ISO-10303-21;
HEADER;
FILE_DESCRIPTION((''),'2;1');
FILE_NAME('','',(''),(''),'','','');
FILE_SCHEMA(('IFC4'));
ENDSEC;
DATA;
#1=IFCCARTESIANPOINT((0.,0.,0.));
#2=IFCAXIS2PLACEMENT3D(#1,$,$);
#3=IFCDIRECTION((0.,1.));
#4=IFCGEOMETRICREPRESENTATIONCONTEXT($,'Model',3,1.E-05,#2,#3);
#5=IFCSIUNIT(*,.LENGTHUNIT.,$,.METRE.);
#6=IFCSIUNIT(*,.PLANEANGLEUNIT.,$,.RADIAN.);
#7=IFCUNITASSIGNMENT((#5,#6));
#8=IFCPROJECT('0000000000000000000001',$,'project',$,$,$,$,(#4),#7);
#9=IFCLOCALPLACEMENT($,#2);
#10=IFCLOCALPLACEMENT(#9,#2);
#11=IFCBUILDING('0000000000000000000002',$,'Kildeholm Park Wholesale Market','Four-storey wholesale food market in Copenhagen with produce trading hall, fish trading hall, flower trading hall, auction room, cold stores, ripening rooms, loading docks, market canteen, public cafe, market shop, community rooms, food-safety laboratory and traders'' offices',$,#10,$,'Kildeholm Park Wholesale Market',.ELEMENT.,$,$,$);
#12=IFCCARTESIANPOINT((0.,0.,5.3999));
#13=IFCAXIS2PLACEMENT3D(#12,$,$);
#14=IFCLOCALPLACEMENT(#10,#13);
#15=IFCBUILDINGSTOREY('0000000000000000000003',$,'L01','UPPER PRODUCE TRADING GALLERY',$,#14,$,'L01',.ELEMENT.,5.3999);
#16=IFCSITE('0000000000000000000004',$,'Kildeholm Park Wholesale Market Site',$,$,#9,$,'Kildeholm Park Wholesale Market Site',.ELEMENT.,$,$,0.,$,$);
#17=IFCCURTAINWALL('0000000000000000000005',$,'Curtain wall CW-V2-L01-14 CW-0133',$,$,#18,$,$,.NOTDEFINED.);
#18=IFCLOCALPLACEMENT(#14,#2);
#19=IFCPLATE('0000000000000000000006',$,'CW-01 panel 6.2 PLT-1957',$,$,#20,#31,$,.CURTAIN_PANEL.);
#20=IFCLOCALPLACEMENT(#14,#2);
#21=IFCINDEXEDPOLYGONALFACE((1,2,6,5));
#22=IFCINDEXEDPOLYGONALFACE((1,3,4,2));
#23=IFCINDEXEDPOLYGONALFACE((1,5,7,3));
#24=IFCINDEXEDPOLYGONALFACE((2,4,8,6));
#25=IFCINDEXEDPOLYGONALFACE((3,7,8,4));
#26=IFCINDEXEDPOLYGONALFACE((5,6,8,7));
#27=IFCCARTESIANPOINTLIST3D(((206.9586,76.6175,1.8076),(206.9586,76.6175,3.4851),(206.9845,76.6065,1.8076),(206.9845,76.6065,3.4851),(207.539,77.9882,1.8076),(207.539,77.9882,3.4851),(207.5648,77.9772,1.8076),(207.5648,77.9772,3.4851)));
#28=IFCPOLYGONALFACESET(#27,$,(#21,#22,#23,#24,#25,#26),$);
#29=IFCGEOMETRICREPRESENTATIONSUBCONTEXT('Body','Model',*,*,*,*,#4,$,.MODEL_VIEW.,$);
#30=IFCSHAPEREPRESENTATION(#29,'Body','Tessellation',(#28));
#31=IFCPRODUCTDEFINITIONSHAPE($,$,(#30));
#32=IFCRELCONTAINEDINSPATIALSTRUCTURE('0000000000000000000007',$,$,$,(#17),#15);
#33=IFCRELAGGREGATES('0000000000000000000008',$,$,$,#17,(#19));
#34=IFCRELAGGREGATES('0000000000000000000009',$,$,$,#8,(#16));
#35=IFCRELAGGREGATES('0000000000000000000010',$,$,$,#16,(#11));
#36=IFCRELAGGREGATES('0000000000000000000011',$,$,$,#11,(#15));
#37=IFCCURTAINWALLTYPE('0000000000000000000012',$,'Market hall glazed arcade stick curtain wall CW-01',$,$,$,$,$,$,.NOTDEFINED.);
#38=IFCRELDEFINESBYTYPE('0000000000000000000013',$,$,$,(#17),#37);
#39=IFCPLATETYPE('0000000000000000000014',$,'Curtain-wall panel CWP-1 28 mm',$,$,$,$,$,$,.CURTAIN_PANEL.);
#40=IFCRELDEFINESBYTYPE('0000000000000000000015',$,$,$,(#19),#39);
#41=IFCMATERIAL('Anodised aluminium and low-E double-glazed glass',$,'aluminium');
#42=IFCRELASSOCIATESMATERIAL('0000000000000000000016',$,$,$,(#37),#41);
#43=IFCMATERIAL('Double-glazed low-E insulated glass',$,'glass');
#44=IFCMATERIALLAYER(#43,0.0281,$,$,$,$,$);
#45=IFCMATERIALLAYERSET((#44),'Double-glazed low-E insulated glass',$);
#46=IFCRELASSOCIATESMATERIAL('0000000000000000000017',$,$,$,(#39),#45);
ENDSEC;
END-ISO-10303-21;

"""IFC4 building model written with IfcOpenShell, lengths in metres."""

from ifc_helpers import new_model, si_unit, direction, frame, origin, origin_2d, place, context, subcontext, project, spatial, rectangle, extrude, material, layer, layer_set, type_object, element, aggregate, save


model = new_model("IFC4")

# Units and contexts
model_context = context("Model", 3, precision=1e-05, world=origin(), true_north=direction((0.0, 1.0)))
body_context = subcontext(model_context, "Body", "Model", "MODEL_VIEW")
ifc_project = project(units=[si_unit("LENGTHUNIT", "METRE"), si_unit("PLANEANGLEUNIT", "RADIAN")], contexts=[model_context])

# Site, building, storey
site_placement = place(None, origin())
site = spatial("IfcSite", under=ifc_project, at=site_placement, Name="Kildeholm Park Wholesale Market Site", LongName="Kildeholm Park Wholesale Market Site", CompositionType="ELEMENT", RefElevation=0.0)
building_placement = place(site_placement, origin())
building = spatial("IfcBuilding", under=site, at=building_placement, Name="Kildeholm Park Wholesale Market", Description="Four-storey wholesale food market in Copenhagen with produce trading hall, fish trading hall, flower trading hall, auction room, cold stores, ripening rooms, loading docks, market canteen, public cafe, market shop, community rooms, food-safety laboratory and traders' offices", LongName="Kildeholm Park Wholesale Market", CompositionType="ELEMENT")
storey_placement = place(building_placement, frame((0.0, 0.0, 5.3999)))
storey = spatial("IfcBuildingStorey", under=building, at=storey_placement, Name="L01", Description="UPPER PRODUCE TRADING GALLERY", LongName="L01", CompositionType="ELEMENT", Elevation=5.3999)

# Curtain wall, plate
ifc_material_1 = material(Name="Anodised aluminium and low-E double-glazed glass", Category="aluminium")
curtain_wall_type = type_object("IfcCurtainWallType", Name="Market hall glazed arcade stick curtain wall CW-01", PredefinedType="NOTDEFINED", material=ifc_material_1)
curtain_wall_placement = place(storey_placement, origin())
curtain_wall = element("IfcCurtainWall", 1, at=curtain_wall_placement, inside=storey, type_object=curtain_wall_type, Name="Curtain wall CW-V2-L01-14 CW-0133", PredefinedType="NOTDEFINED")
ifc_material_2 = material(Name="Double-glazed low-E insulated glass", Category="glass")
ifc_layer = layer(ifc_material_2, 0.0281)
ifc_layer_set = layer_set([ifc_layer], Name="Double-glazed low-E insulated glass")
plate_type = type_object("IfcPlateType", Name="Curtain-wall panel CWP-1 28 mm", PredefinedType="CURTAIN_PANEL", material=ifc_layer_set)
plate_1_placement = place(storey_placement, frame((207.2617, 77.2974, 1.8076), z_axis=(0.0, 0.0, 1.0), x_axis=(0.389905, 0.920855, 0.0)))
plate_1 = element("IfcPlate", 2, at=plate_1_placement, type_object=plate_type, Name="CW-01 panel 6.2 PLT-1957", PredefinedType="CURTAIN_PANEL", context=body_context, shape_type="SweptSolid", body=[
    extrude(rectangle(XDim=1.4885, YDim=0.0281, at=origin_2d()), origin(), (0.0, 0.0, 1.0), 1.6775),
])
aggregate(curtain_wall, [plate_1])

save(model, "model.ifc")
